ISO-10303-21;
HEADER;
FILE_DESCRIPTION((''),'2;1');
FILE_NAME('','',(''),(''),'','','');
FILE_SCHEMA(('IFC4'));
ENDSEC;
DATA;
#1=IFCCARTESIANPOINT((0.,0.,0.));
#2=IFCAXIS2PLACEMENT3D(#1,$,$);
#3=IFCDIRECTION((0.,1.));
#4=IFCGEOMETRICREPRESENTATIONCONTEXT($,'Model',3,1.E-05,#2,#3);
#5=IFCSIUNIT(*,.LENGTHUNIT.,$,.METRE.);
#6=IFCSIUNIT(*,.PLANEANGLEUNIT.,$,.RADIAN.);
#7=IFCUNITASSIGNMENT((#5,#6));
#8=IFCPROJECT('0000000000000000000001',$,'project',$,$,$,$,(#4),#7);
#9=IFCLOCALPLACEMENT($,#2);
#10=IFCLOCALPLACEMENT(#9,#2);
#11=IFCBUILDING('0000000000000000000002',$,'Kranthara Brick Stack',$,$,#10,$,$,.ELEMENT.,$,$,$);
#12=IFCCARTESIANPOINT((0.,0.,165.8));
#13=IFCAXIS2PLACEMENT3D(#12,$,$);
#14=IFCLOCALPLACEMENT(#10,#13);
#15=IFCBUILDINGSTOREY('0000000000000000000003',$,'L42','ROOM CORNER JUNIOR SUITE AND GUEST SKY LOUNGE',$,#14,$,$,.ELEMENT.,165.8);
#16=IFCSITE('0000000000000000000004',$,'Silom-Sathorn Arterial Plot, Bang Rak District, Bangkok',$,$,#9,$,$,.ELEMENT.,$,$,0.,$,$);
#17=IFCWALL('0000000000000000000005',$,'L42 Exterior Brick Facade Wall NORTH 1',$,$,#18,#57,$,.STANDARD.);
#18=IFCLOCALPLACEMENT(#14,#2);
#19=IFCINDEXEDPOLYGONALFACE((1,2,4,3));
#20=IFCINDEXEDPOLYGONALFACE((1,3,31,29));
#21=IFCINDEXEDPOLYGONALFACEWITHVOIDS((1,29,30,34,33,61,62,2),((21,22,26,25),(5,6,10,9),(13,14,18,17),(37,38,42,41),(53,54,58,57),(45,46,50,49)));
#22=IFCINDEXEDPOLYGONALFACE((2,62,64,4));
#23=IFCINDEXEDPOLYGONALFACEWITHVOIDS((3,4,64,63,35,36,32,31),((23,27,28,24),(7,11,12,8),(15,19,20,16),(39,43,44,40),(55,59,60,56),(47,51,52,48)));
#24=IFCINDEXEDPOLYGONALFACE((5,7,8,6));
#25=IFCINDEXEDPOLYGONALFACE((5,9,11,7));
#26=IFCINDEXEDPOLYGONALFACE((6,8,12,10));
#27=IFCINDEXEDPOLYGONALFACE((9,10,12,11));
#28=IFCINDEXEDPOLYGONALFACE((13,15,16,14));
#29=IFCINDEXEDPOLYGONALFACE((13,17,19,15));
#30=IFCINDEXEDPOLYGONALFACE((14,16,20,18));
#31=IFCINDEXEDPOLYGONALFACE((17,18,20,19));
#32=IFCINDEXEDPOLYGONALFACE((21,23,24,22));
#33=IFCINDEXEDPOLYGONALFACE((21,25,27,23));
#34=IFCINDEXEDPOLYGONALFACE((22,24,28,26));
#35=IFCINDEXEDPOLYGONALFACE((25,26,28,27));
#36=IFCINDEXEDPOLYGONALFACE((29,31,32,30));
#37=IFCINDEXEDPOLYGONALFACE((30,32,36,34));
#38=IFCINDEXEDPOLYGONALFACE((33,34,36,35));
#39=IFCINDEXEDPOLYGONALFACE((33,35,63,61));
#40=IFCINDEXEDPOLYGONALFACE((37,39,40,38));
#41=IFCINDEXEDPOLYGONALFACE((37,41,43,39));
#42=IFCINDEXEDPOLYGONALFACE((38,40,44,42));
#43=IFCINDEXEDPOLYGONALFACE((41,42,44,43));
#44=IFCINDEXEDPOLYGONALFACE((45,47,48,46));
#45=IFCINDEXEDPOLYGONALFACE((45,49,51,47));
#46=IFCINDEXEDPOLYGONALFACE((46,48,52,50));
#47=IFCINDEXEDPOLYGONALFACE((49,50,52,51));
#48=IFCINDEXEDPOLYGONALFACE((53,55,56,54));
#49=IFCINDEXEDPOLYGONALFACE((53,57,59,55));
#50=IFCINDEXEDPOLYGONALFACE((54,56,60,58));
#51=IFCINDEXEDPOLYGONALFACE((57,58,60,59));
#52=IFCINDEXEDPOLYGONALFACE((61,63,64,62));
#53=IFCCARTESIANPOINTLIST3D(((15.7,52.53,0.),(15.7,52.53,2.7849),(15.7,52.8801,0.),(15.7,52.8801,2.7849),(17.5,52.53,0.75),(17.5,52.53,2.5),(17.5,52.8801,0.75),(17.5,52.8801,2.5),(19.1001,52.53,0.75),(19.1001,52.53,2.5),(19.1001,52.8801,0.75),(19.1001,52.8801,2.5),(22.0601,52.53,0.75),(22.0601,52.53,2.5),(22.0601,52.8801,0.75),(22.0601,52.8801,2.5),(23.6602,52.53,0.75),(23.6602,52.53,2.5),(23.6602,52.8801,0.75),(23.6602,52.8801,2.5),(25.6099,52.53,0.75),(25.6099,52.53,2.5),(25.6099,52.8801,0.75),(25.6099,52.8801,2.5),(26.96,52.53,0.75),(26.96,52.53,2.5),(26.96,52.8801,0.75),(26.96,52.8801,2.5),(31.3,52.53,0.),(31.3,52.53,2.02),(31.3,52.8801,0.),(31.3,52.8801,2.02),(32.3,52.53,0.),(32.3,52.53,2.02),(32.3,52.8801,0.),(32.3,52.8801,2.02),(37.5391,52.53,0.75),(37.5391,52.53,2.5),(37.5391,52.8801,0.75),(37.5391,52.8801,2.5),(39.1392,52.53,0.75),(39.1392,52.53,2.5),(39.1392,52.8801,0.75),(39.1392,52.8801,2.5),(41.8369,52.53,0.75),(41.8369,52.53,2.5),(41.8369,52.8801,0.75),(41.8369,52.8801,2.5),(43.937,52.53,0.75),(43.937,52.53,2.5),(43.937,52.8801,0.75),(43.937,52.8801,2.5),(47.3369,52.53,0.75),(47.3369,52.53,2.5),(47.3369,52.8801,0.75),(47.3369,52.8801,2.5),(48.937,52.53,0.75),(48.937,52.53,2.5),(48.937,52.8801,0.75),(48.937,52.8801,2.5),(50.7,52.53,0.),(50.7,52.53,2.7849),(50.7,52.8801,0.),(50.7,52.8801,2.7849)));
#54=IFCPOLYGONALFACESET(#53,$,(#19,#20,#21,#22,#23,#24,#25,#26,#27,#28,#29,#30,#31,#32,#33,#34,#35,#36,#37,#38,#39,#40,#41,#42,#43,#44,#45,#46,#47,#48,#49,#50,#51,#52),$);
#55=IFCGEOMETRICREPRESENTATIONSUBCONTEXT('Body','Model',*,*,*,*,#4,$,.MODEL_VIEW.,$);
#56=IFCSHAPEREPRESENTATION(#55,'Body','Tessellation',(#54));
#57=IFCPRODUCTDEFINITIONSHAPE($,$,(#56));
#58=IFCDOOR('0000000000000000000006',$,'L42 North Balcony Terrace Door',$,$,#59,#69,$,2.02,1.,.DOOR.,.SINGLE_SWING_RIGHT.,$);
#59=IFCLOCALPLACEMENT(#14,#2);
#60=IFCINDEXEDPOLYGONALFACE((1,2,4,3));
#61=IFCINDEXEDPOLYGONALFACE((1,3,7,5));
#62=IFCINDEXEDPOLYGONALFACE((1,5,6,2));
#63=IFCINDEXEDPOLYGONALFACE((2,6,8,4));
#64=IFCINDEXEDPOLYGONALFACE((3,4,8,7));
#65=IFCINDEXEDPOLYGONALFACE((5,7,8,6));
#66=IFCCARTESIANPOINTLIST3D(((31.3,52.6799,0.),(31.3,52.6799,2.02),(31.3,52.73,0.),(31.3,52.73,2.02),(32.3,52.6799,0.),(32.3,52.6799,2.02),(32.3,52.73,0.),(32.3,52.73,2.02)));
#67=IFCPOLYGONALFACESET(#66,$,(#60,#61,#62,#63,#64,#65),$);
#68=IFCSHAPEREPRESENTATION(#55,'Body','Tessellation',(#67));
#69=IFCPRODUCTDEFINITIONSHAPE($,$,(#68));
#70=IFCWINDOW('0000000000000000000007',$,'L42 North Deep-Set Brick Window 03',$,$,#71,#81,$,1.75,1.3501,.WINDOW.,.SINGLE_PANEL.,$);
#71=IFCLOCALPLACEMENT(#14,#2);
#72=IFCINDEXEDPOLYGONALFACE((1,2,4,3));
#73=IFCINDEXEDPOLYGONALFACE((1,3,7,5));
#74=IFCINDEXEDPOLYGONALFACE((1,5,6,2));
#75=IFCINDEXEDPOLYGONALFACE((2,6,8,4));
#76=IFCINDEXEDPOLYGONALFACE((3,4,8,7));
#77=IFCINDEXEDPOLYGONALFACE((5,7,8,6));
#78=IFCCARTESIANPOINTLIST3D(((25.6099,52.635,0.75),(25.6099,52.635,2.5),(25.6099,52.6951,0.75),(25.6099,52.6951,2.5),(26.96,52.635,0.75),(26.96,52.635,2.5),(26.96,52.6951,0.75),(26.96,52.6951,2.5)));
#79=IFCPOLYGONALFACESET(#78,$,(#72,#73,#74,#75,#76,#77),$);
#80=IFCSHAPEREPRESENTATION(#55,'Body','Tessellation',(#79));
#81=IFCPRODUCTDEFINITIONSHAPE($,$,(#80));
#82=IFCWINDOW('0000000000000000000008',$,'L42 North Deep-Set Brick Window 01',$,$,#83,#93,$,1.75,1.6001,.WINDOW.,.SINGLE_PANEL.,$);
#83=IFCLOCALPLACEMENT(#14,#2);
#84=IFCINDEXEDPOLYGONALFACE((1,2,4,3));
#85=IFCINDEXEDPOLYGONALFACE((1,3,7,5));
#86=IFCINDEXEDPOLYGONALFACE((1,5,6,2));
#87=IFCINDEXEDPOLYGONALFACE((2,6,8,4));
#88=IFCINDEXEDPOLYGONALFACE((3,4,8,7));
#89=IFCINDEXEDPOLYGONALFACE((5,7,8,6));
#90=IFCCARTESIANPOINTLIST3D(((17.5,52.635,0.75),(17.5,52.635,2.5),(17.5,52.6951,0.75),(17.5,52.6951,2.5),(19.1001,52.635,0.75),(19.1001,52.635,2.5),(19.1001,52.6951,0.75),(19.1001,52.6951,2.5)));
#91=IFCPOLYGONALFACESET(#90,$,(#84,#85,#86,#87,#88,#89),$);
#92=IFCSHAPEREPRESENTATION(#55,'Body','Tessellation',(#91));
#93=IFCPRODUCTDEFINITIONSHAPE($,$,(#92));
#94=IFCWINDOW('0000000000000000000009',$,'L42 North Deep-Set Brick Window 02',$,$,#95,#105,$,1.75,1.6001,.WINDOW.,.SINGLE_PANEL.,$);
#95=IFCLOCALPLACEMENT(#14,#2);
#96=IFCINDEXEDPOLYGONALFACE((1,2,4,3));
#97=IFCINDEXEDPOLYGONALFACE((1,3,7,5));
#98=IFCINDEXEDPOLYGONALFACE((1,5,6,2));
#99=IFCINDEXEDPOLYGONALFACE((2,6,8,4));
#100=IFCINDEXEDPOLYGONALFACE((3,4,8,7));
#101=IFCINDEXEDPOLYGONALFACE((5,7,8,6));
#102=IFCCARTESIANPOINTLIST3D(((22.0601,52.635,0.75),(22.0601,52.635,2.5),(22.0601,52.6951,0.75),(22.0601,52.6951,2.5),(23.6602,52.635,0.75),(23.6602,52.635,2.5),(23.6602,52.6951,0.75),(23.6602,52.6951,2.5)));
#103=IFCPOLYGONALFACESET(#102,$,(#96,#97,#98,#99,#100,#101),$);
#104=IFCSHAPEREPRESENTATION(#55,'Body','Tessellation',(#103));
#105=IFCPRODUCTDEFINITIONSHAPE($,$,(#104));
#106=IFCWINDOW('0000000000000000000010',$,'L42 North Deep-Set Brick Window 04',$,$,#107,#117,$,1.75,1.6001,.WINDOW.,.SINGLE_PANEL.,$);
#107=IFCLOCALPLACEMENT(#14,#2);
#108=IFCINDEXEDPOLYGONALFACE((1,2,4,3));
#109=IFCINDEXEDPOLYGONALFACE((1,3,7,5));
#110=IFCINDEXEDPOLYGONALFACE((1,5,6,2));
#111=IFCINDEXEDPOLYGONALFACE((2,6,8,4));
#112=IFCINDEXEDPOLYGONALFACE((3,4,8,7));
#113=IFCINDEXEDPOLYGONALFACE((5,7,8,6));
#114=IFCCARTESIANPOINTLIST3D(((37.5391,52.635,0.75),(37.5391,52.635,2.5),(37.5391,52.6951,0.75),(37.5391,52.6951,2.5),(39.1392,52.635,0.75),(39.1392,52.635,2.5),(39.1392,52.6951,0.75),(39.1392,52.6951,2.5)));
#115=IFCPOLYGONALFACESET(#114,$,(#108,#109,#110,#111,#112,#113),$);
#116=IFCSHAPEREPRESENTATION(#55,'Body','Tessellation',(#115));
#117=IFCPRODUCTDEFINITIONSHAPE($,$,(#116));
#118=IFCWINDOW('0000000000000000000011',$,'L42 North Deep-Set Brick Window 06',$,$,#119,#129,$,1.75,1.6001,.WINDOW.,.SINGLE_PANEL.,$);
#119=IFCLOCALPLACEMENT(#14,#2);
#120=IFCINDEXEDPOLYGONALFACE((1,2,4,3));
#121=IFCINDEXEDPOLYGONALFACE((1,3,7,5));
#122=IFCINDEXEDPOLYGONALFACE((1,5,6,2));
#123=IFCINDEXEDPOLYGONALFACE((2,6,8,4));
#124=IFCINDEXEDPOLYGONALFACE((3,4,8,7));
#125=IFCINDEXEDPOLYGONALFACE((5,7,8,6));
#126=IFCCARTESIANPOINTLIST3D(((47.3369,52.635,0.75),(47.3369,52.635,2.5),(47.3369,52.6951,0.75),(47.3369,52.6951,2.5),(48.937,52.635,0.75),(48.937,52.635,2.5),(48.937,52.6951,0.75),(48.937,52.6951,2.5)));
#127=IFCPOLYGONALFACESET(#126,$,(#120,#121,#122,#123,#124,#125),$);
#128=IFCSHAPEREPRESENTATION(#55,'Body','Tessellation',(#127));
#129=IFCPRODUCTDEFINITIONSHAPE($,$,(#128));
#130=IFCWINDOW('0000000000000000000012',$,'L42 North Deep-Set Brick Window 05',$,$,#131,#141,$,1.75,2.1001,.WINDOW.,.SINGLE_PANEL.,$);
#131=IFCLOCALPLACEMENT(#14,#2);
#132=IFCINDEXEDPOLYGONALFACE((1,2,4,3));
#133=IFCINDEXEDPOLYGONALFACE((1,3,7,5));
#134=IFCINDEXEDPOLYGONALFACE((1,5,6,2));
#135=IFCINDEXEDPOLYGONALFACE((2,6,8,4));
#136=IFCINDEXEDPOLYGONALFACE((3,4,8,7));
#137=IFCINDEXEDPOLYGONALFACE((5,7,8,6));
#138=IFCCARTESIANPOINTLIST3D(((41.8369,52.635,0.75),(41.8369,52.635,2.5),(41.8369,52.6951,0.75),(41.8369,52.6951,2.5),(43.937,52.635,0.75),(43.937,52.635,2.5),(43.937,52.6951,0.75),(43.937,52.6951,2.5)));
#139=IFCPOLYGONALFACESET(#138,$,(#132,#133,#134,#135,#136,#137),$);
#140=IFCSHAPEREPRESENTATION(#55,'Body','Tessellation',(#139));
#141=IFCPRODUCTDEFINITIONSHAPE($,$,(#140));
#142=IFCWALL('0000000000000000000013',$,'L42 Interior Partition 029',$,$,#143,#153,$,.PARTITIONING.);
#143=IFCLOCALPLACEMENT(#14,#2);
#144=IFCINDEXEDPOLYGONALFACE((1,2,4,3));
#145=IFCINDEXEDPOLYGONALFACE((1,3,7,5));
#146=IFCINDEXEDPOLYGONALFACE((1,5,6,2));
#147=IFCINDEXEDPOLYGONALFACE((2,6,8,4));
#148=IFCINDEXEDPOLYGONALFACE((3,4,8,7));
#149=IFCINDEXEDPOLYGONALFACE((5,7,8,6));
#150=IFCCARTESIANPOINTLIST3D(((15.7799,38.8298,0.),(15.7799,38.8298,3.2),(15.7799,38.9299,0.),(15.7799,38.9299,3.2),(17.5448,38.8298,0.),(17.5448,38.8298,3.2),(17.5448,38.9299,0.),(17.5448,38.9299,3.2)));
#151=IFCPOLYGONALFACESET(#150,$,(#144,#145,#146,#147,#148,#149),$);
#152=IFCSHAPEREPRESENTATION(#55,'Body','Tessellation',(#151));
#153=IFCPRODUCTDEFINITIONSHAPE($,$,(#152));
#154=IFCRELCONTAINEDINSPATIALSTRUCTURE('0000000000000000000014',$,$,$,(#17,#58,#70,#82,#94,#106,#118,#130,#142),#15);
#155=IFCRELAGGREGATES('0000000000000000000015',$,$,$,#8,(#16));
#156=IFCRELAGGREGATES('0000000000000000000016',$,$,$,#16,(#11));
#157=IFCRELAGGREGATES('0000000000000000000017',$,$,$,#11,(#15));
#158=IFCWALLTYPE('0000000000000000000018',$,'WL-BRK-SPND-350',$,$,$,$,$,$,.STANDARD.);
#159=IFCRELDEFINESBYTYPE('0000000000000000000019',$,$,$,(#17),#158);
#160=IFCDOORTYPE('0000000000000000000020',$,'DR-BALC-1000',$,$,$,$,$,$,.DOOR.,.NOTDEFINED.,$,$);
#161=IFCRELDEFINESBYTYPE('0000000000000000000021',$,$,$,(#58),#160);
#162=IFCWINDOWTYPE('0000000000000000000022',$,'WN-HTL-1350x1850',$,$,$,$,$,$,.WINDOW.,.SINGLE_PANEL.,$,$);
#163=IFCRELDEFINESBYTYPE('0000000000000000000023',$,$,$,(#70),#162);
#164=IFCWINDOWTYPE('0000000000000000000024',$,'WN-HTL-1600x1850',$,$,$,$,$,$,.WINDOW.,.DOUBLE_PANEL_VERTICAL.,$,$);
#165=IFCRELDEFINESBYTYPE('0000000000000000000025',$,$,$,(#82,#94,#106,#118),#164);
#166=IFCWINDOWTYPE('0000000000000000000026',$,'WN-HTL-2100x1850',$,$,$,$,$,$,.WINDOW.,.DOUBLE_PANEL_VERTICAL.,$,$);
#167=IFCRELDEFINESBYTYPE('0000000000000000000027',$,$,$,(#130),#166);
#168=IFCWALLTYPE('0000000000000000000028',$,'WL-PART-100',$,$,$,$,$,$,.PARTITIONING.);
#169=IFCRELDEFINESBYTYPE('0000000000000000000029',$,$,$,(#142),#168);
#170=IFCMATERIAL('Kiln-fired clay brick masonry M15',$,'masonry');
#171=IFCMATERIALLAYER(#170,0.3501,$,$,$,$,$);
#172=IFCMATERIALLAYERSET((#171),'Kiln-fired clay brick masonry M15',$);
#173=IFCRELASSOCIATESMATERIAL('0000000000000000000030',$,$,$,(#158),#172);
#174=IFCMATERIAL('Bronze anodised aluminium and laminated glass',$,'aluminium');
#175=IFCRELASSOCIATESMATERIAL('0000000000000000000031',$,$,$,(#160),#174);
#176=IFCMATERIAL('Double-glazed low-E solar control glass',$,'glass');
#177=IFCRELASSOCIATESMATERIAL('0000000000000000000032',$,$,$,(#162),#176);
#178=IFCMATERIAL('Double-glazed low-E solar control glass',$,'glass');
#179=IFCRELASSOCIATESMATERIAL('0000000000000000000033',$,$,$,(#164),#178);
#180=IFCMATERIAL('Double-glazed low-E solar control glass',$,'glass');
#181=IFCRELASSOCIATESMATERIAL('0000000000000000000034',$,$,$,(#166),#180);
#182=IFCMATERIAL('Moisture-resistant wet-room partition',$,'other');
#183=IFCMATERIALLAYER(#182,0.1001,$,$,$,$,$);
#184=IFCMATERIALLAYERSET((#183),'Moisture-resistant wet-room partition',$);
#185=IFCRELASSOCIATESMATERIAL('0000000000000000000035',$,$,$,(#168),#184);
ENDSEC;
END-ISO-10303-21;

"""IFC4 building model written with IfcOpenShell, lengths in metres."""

from ifc_helpers import new_model, si_unit, direction, frame, frame_2d, origin, place, context, subcontext, project, spatial, rectangle, extrude, material, layer, layer_set, type_object, element, fill, save


model = new_model("IFC4")

# Units and contexts
model_context = context("Model", 3, precision=1e-05, world=origin(), true_north=direction((0.0, 1.0)))
body_context = subcontext(model_context, "Body", "Model", "MODEL_VIEW")
ifc_project = project(units=[si_unit("LENGTHUNIT", "METRE"), si_unit("PLANEANGLEUNIT", "RADIAN")], contexts=[model_context])

# Site, building, storey
site_placement = place(None, origin())
site = spatial("IfcSite", under=ifc_project, at=site_placement, Name="Silom-Sathorn Arterial Plot, Bang Rak District, Bangkok", CompositionType="ELEMENT", RefElevation=0.0)
building_placement = place(site_placement, origin())
building = spatial("IfcBuilding", under=site, at=building_placement, Name="Kranthara Brick Stack", CompositionType="ELEMENT")
storey_placement = place(building_placement, frame((0.0, 0.0, 165.8)))
storey = spatial("IfcBuildingStorey", under=building, at=storey_placement, Name="L42", Description="ROOM CORNER JUNIOR SUITE AND GUEST SKY LOUNGE", CompositionType="ELEMENT", Elevation=165.8)

# Shared definitions
ifc_material_1 = material(Name="Kiln-fired clay brick masonry M15", Category="masonry")
ifc_layer_1 = layer(ifc_material_1, 0.3501)
ifc_layer_set_1 = layer_set([ifc_layer_1], Name="Kiln-fired clay brick masonry M15")
wall_type_1 = type_object("IfcWallType", Name="WL-BRK-SPND-350", PredefinedType="STANDARD", material=ifc_layer_set_1)

# Wall, openings, door, windows
wall_1_placement = place(storey_placement, frame((15.7, 52.7051, 0.0), z_axis=(0.0, 0.0, 1.0), x_axis=(1.0, 0.0, 0.0)))
wall_1 = element("IfcWall", 1, at=wall_1_placement, inside=storey, type_object=wall_type_1, Name="L42 Exterior Brick Facade Wall NORTH 1", PredefinedType="STANDARD", context=body_context, shape_type="SweptSolid", body=[
    extrude(rectangle(XDim=35.0, YDim=0.3501, at=frame_2d((17.5, 0.0))), origin(), (0.0, 0.0, 1.0), 2.7849),
])
opening_1_placement = place(wall_1_placement, frame((15.6001, 0.0, 0.0)))
opening_1 = element("IfcOpeningElement", 2, at=opening_1_placement, cuts=wall_1, PredefinedType="OPENING", context=body_context, shape_type="SweptSolid", body=[
    extrude(rectangle(XDim=1.0, YDim=2.02, at=frame_2d((0.5, 1.01))), frame((0.0, 0.1851, 0.0), z_axis=(0.0, -1.0, 0.0), x_axis=(1.0, 0.0, 0.0)), (0.0, 0.0, 1.0), 0.3701),
])
opening_2_placement = place(wall_1_placement, frame((1.8, 0.0, 0.75)))
opening_2 = element("IfcOpeningElement", 3, at=opening_2_placement, cuts=wall_1, PredefinedType="OPENING", context=body_context, shape_type="SweptSolid", body=[
    extrude(rectangle(XDim=1.6001, YDim=1.75, at=frame_2d((0.8, 0.875))), frame((0.0, 0.1851, 0.0), z_axis=(0.0, -1.0, 0.0), x_axis=(1.0, 0.0, 0.0)), (0.0, 0.0, 1.0), 0.3701),
])
opening_3_placement = place(wall_1_placement, frame((6.3601, 0.0, 0.75)))
opening_3 = element("IfcOpeningElement", 4, at=opening_3_placement, cuts=wall_1, PredefinedType="OPENING", context=body_context, shape_type="SweptSolid", body=[
    extrude(rectangle(XDim=1.6001, YDim=1.75, at=frame_2d((0.8, 0.875))), frame((0.0, 0.1851, 0.0), z_axis=(0.0, -1.0, 0.0), x_axis=(1.0, 0.0, 0.0)), (0.0, 0.0, 1.0), 0.3701),
])
opening_4_placement = place(wall_1_placement, frame((9.9099, 0.0, 0.75)))
opening_4 = element("IfcOpeningElement", 5, at=opening_4_placement, cuts=wall_1, PredefinedType="OPENING", context=body_context, shape_type="SweptSolid", body=[
    extrude(rectangle(XDim=1.3501, YDim=1.75, at=frame_2d((0.675, 0.875))), frame((0.0, 0.1851, 0.0), z_axis=(0.0, -1.0, 0.0), x_axis=(1.0, 0.0, 0.0)), (0.0, 0.0, 1.0), 0.3701),
])
opening_5_placement = place(wall_1_placement, frame((21.8391, 0.0, 0.75)))
opening_5 = element("IfcOpeningElement", 6, at=opening_5_placement, cuts=wall_1, PredefinedType="OPENING", context=body_context, shape_type="SweptSolid", body=[
    extrude(rectangle(XDim=1.6001, YDim=1.75, at=frame_2d((0.8, 0.875))), frame((0.0, 0.1851, 0.0), z_axis=(0.0, -1.0, 0.0), x_axis=(1.0, 0.0, 0.0)), (0.0, 0.0, 1.0), 0.3701),
])
opening_6_placement = place(wall_1_placement, frame((26.137, 0.0, 0.75)))
opening_6 = element("IfcOpeningElement", 7, at=opening_6_placement, cuts=wall_1, PredefinedType="OPENING", context=body_context, shape_type="SweptSolid", body=[
    extrude(rectangle(XDim=2.1001, YDim=1.75, at=frame_2d((1.05, 0.875))), frame((0.0, 0.1851, 0.0), z_axis=(0.0, -1.0, 0.0), x_axis=(1.0, 0.0, 0.0)), (0.0, 0.0, 1.0), 0.3701),
])
opening_7_placement = place(wall_1_placement, frame((31.637, 0.0, 0.75)))
opening_7 = element("IfcOpeningElement", 8, at=opening_7_placement, cuts=wall_1, PredefinedType="OPENING", context=body_context, shape_type="SweptSolid", body=[
    extrude(rectangle(XDim=1.6001, YDim=1.75, at=frame_2d((0.8, 0.875))), frame((0.0, 0.1851, 0.0), z_axis=(0.0, -1.0, 0.0), x_axis=(1.0, 0.0, 0.0)), (0.0, 0.0, 1.0), 0.3701),
])
ifc_material_2 = material(Name="Bronze anodised aluminium and laminated glass", Category="aluminium")
door_type = type_object("IfcDoorType", Name="DR-BALC-1000", OperationType="NOTDEFINED", PredefinedType="DOOR", material=ifc_material_2)
door_placement = place(opening_1_placement, origin())
door = element("IfcDoor", 9, at=door_placement, inside=storey, type_object=door_type, Name="L42 North Balcony Terrace Door", OperationType="SINGLE_SWING_RIGHT", OverallHeight=2.02, OverallWidth=1.0, PredefinedType="DOOR", context=body_context, shape_type="SweptSolid", body=[
    extrude(rectangle(XDim=1.0, YDim=2.02, at=frame_2d((0.5, 1.01))), frame((0.0, 0.0249, 0.0), z_axis=(0.0, -1.0, 0.0), x_axis=(1.0, 0.0, 0.0)), (0.0, 0.0, 1.0), 0.05),
])
fill(opening_1, door)
ifc_material_3 = material(Name="Double-glazed low-E solar control glass", Category="glass")
window_type_1 = type_object("IfcWindowType", Name="WN-HTL-1350x1850", PartitioningType="SINGLE_PANEL", PredefinedType="WINDOW", material=ifc_material_3)
window_1_placement = place(opening_4_placement, origin())
window_1 = element("IfcWindow", 10, at=window_1_placement, inside=storey, type_object=window_type_1, Name="L42 North Deep-Set Brick Window 03", OverallHeight=1.75, OverallWidth=1.3501, PartitioningType="SINGLE_PANEL", PredefinedType="WINDOW", context=body_context, shape_type="SweptSolid", body=[
    extrude(rectangle(XDim=1.3501, YDim=1.75, at=frame_2d((0.675, 0.875))), frame((0.0, -0.01, 0.0), z_axis=(0.0, -1.0, 0.0), x_axis=(1.0, 0.0, 0.0)), (0.0, 0.0, 1.0), 0.0601),
])
fill(opening_4, window_1)
ifc_material_4 = material(Name="Double-glazed low-E solar control glass", Category="glass")
window_type_2 = type_object("IfcWindowType", Name="WN-HTL-1600x1850", PartitioningType="DOUBLE_PANEL_VERTICAL", PredefinedType="WINDOW", material=ifc_material_4)
window_2_placement = place(opening_2_placement, origin())
window_2 = element("IfcWindow", 11, at=window_2_placement, inside=storey, type_object=window_type_2, Name="L42 North Deep-Set Brick Window 01", OverallHeight=1.75, OverallWidth=1.6001, PartitioningType="SINGLE_PANEL", PredefinedType="WINDOW", context=body_context, shape_type="SweptSolid", body=[
    extrude(rectangle(XDim=1.6001, YDim=1.75, at=frame_2d((0.8, 0.875))), frame((0.0, -0.01, 0.0), z_axis=(0.0, -1.0, 0.0), x_axis=(1.0, 0.0, 0.0)), (0.0, 0.0, 1.0), 0.0601),
])
fill(opening_2, window_2)
window_3_placement = place(opening_3_placement, origin())
window_3 = element("IfcWindow", 12, at=window_3_placement, inside=storey, type_object=window_type_2, Name="L42 North Deep-Set Brick Window 02", OverallHeight=1.75, OverallWidth=1.6001, PartitioningType="SINGLE_PANEL", PredefinedType="WINDOW", context=body_context, shape_type="SweptSolid", body=[
    extrude(rectangle(XDim=1.6001, YDim=1.75, at=frame_2d((0.8, 0.875))), frame((0.0, -0.01, 0.0), z_axis=(0.0, -1.0, 0.0), x_axis=(1.0, 0.0, 0.0)), (0.0, 0.0, 1.0), 0.0601),
])
fill(opening_3, window_3)
window_4_placement = place(opening_5_placement, origin())
window_4 = element("IfcWindow", 13, at=window_4_placement, inside=storey, type_object=window_type_2, Name="L42 North Deep-Set Brick Window 04", OverallHeight=1.75, OverallWidth=1.6001, PartitioningType="SINGLE_PANEL", PredefinedType="WINDOW", context=body_context, shape_type="SweptSolid", body=[
    extrude(rectangle(XDim=1.6001, YDim=1.75, at=frame_2d((0.8, 0.875))), frame((0.0, -0.01, 0.0), z_axis=(0.0, -1.0, 0.0), x_axis=(1.0, 0.0, 0.0)), (0.0, 0.0, 1.0), 0.0601),
])
fill(opening_5, window_4)
window_5_placement = place(opening_7_placement, origin())
window_5 = element("IfcWindow", 14, at=window_5_placement, inside=storey, type_object=window_type_2, Name="L42 North Deep-Set Brick Window 06", OverallHeight=1.75, OverallWidth=1.6001, PartitioningType="SINGLE_PANEL", PredefinedType="WINDOW", context=body_context, shape_type="SweptSolid", body=[
    extrude(rectangle(XDim=1.6001, YDim=1.75, at=frame_2d((0.8, 0.875))), frame((0.0, -0.01, 0.0), z_axis=(0.0, -1.0, 0.0), x_axis=(1.0, 0.0, 0.0)), (0.0, 0.0, 1.0), 0.0601),
])
fill(opening_7, window_5)
ifc_material_5 = material(Name="Double-glazed low-E solar control glass", Category="glass")
window_type_3 = type_object("IfcWindowType", Name="WN-HTL-2100x1850", PartitioningType="DOUBLE_PANEL_VERTICAL", PredefinedType="WINDOW", material=ifc_material_5)
window_6_placement = place(opening_6_placement, origin())
window_6 = element("IfcWindow", 15, at=window_6_placement, inside=storey, type_object=window_type_3, Name="L42 North Deep-Set Brick Window 05", OverallHeight=1.75, OverallWidth=2.1001, PartitioningType="SINGLE_PANEL", PredefinedType="WINDOW", context=body_context, shape_type="SweptSolid", body=[
    extrude(rectangle(XDim=2.1001, YDim=1.75, at=frame_2d((1.05, 0.875))), frame((0.0, -0.01, 0.0), z_axis=(0.0, -1.0, 0.0), x_axis=(1.0, 0.0, 0.0)), (0.0, 0.0, 1.0), 0.0601),
])
fill(opening_6, window_6)

# Wall
ifc_material_6 = material(Name="Moisture-resistant wet-room partition", Category="other")
ifc_layer_2 = layer(ifc_material_6, 0.1001)
ifc_layer_set_2 = layer_set([ifc_layer_2], Name="Moisture-resistant wet-room partition")
wall_type_2 = type_object("IfcWallType", Name="WL-PART-100", PredefinedType="PARTITIONING", material=ifc_layer_set_2)
wall_2_placement = place(storey_placement, frame((15.78, 38.8799, 0.0), z_axis=(0.0, 0.0, 1.0), x_axis=(1.0, 0.0, 0.0)))
element("IfcWall", 16, at=wall_2_placement, inside=storey, type_object=wall_type_2, Name="L42 Interior Partition 029", PredefinedType="PARTITIONING", context=body_context, shape_type="SweptSolid", body=[
    extrude(rectangle(XDim=1.7649, YDim=0.1001, at=frame_2d((0.8823, 0.0))), origin(), (0.0, 0.0, 1.0), 3.2),
])

save(model, "model.ifc")
